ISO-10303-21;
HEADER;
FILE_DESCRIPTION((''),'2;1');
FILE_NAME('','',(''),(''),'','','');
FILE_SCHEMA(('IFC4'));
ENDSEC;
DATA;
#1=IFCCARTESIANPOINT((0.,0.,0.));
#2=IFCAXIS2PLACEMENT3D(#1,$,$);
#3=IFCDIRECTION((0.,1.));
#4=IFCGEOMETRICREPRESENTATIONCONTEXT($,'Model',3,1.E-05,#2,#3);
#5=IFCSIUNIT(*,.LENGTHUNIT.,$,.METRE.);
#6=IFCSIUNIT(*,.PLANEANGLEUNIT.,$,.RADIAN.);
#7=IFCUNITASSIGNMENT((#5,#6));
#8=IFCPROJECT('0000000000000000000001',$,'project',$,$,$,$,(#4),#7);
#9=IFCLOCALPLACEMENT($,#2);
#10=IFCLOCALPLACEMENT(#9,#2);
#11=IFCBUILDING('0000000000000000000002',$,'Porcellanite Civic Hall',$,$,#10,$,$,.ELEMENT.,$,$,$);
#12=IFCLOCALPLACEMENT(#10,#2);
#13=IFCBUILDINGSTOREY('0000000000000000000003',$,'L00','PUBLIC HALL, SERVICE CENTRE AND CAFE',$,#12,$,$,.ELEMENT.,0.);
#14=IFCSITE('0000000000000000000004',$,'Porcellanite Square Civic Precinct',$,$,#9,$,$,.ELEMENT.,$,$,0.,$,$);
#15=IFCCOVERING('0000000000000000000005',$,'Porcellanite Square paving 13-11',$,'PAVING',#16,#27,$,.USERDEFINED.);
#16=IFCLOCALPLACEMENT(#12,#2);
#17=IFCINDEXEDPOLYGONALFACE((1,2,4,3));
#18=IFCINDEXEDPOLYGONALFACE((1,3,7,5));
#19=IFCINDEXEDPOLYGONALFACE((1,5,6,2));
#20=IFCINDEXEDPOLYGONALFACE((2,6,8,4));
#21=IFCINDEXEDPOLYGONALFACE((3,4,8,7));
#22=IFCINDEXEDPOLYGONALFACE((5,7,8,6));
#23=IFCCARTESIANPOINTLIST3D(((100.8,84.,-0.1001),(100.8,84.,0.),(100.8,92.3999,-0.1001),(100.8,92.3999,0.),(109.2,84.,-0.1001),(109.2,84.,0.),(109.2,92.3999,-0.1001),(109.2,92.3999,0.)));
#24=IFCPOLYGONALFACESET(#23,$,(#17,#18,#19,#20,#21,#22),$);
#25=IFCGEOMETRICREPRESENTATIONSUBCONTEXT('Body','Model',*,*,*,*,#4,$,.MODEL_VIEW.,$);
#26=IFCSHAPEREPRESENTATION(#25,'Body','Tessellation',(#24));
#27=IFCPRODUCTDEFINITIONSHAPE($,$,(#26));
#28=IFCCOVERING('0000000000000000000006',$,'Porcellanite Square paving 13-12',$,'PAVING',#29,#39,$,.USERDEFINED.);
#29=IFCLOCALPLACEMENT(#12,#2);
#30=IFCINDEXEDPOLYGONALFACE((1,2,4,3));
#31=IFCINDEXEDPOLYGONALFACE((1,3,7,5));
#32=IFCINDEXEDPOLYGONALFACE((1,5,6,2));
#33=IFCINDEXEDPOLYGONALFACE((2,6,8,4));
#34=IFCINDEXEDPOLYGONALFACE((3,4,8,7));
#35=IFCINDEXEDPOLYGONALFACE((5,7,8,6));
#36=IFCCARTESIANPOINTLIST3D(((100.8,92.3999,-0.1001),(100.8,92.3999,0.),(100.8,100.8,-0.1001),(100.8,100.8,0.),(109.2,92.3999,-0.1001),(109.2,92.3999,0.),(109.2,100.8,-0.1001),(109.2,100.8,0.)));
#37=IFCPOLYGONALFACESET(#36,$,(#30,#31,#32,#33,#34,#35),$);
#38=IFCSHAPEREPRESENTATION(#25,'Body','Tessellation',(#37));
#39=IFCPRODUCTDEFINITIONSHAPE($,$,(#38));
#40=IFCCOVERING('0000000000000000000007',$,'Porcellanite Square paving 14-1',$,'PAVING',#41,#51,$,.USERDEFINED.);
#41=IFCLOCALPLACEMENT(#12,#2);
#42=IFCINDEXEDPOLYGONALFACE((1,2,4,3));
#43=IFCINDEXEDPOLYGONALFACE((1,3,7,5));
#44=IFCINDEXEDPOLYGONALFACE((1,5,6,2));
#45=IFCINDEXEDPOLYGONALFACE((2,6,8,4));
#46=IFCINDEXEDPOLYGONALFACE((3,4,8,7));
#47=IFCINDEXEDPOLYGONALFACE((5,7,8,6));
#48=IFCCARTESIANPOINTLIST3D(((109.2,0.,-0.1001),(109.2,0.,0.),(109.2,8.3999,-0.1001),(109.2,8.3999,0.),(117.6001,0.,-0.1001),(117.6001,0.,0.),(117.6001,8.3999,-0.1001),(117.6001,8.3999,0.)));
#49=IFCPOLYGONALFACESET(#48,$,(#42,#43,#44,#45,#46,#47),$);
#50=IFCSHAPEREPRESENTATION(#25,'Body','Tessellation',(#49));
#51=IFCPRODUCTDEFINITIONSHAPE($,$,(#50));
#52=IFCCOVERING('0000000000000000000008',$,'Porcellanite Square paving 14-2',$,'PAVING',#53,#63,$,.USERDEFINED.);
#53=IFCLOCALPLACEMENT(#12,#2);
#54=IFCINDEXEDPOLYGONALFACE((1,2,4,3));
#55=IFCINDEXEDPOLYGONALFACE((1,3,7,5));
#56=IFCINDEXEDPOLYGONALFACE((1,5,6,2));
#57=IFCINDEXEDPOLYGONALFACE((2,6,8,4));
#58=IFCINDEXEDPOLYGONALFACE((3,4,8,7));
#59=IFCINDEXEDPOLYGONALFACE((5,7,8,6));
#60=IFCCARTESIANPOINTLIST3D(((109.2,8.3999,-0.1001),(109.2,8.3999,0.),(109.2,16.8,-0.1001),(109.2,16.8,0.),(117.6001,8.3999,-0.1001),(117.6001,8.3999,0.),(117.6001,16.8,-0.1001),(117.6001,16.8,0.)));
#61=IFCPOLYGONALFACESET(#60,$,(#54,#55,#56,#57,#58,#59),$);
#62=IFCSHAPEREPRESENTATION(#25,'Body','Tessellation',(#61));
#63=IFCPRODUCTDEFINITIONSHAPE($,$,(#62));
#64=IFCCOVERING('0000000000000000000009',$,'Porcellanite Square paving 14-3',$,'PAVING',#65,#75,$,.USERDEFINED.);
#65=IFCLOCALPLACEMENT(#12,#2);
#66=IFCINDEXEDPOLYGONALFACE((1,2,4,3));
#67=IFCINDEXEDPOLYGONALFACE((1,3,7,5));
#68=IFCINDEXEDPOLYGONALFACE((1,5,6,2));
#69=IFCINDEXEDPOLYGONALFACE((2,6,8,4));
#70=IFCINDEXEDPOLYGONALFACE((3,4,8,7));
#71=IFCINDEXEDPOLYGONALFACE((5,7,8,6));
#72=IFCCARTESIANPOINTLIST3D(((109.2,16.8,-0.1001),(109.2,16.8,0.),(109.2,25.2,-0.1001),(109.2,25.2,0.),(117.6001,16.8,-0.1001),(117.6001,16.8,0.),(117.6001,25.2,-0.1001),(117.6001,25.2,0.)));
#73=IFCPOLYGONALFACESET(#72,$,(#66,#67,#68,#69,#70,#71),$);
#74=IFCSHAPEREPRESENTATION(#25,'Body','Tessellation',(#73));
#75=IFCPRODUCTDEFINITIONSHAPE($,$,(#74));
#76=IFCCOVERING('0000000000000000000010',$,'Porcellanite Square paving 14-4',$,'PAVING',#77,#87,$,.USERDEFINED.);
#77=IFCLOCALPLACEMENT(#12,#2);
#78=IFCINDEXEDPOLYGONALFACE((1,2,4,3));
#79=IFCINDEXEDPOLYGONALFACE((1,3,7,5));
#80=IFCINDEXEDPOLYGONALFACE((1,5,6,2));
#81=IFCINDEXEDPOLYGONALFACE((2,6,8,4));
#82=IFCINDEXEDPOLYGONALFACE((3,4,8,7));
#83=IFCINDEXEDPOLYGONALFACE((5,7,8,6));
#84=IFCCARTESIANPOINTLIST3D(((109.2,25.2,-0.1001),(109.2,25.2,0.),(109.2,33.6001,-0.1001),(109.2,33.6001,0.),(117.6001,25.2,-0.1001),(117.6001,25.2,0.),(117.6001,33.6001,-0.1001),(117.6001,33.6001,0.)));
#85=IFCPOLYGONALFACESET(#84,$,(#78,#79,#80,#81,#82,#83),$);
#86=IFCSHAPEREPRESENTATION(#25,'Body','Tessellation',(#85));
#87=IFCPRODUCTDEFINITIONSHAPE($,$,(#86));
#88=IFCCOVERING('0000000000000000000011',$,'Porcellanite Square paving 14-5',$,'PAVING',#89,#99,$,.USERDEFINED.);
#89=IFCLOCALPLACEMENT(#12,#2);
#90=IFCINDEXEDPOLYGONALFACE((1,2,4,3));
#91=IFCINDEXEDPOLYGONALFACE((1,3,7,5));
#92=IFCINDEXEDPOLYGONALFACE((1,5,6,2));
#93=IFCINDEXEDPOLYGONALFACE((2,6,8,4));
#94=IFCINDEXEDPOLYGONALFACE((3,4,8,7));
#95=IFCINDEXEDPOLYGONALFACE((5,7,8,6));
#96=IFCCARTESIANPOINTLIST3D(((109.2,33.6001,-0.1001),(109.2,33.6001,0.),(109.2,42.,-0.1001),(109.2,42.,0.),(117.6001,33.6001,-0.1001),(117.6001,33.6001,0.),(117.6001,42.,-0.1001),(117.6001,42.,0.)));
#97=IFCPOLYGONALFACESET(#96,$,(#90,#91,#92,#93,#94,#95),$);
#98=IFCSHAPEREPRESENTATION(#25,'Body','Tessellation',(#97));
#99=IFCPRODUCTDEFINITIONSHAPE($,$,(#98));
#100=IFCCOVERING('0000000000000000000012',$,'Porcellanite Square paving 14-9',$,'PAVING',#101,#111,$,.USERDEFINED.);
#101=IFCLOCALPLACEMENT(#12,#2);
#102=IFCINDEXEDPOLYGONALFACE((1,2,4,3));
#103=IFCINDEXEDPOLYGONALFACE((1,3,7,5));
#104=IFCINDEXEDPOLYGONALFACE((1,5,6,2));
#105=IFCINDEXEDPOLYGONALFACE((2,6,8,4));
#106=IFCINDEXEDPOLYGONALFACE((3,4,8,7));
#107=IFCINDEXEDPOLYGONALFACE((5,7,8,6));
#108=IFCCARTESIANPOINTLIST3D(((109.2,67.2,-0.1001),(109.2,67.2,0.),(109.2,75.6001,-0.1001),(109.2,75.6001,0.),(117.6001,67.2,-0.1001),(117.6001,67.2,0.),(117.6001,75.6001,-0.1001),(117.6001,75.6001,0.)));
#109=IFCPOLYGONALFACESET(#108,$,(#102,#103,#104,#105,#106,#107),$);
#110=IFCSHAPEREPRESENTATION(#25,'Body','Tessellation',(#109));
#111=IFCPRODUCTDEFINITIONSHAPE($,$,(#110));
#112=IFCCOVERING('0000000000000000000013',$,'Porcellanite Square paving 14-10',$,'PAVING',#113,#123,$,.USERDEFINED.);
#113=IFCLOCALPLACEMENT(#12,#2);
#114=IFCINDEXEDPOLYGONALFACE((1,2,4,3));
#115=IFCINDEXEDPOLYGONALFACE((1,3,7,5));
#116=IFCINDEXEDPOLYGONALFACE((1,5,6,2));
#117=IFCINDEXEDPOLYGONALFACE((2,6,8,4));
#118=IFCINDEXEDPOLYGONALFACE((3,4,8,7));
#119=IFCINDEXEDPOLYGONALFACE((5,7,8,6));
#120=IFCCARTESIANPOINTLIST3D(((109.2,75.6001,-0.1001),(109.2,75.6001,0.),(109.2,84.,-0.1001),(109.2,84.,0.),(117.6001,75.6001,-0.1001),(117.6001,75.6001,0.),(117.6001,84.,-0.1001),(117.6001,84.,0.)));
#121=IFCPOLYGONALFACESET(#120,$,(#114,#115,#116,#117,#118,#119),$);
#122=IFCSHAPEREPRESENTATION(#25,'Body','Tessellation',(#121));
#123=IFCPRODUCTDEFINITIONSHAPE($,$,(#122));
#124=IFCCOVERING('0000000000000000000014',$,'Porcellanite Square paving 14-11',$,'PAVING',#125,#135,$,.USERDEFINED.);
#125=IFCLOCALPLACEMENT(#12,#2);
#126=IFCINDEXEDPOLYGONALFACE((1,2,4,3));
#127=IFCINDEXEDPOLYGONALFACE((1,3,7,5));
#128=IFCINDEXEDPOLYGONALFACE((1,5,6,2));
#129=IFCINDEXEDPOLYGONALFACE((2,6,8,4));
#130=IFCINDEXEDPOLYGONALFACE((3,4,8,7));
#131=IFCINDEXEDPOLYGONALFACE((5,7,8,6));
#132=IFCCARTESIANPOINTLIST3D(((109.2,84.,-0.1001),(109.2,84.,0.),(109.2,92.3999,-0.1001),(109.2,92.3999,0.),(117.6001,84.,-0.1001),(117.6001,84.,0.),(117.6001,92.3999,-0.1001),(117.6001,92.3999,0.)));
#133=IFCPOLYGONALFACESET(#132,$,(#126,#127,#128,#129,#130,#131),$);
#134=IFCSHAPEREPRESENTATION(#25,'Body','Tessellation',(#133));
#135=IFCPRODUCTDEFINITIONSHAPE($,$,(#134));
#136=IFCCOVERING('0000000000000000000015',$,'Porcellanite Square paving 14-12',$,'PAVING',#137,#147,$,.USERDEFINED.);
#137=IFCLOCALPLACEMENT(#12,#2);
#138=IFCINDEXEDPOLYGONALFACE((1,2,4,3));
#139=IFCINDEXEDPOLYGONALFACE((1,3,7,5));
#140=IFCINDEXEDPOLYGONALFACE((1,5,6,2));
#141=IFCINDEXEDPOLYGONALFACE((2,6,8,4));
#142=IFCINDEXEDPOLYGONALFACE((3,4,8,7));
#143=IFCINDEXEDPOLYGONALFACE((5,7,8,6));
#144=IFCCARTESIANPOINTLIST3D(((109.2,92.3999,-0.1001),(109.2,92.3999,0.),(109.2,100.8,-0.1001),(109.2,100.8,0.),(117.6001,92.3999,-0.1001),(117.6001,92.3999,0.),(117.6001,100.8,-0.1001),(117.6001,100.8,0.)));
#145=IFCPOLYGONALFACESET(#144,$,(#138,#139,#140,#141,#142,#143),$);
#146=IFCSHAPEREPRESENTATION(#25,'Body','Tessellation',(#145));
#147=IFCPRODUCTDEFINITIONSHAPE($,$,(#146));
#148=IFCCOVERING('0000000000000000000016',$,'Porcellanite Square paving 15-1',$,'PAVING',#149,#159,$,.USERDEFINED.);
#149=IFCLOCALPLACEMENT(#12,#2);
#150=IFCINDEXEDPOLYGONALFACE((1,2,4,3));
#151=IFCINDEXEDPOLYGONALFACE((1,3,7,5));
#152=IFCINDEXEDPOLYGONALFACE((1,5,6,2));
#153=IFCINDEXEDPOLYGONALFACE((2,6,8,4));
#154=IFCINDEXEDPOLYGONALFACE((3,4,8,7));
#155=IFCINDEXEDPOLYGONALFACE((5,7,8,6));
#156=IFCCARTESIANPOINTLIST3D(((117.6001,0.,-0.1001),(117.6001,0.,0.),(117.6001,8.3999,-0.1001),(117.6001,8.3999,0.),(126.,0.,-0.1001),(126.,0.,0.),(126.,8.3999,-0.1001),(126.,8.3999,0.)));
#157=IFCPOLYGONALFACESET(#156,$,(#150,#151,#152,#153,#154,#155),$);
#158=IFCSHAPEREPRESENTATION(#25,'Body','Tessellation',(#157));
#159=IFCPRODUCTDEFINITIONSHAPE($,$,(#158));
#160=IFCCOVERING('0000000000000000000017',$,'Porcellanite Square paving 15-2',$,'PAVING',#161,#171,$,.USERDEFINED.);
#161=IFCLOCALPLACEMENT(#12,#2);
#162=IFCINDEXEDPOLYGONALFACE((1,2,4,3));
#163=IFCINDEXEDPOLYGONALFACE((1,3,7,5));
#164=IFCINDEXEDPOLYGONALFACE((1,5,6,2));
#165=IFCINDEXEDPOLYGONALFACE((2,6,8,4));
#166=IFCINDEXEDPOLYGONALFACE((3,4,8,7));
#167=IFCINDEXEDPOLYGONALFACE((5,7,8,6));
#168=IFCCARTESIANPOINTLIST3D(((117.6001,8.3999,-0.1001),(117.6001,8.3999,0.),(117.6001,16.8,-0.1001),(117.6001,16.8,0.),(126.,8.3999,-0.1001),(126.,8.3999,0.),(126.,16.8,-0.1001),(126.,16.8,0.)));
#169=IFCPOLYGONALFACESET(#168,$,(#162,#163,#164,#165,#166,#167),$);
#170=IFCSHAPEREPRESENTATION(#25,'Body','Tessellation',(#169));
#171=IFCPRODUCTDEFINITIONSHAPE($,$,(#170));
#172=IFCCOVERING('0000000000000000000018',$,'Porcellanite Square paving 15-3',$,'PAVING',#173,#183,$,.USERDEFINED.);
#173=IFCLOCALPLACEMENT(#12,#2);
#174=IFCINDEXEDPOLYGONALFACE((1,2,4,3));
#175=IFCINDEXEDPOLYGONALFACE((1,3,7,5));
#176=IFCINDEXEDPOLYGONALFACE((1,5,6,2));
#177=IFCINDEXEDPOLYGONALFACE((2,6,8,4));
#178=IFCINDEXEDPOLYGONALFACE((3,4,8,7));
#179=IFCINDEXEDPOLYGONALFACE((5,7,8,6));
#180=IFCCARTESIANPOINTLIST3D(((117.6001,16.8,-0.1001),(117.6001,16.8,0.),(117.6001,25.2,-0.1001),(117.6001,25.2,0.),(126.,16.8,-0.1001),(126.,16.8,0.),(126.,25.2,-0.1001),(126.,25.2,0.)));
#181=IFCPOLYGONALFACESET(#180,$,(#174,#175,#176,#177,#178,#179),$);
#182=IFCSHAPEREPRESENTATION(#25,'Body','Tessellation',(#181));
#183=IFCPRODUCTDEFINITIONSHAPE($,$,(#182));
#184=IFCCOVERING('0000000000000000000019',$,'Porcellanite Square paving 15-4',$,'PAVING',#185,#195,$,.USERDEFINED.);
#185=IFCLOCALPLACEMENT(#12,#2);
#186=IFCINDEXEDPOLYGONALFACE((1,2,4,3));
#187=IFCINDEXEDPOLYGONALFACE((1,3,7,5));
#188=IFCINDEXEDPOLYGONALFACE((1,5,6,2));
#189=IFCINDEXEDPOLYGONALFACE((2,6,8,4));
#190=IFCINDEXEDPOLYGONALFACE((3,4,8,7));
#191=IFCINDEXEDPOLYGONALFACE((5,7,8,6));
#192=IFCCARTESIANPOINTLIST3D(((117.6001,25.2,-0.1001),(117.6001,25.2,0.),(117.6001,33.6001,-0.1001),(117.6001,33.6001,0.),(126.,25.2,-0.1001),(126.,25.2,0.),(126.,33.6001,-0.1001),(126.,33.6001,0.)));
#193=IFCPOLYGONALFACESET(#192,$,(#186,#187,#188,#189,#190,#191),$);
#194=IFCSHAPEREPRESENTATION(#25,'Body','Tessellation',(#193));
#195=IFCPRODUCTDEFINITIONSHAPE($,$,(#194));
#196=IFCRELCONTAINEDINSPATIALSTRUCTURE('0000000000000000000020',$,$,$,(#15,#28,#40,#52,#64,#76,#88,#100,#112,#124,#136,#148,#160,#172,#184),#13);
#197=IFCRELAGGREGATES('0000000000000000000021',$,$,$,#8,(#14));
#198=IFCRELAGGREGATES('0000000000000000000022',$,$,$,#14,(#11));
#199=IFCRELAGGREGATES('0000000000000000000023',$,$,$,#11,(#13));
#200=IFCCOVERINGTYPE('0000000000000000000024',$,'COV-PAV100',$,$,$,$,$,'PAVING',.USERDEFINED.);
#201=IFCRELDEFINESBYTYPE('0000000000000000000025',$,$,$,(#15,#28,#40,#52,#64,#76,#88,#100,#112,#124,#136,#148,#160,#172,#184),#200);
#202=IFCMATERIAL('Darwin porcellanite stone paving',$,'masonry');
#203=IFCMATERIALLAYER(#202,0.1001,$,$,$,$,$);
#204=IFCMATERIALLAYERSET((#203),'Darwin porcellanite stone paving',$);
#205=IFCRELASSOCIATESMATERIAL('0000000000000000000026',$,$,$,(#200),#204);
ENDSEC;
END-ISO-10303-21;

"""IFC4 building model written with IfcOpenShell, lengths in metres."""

from ifc_helpers import new_model, si_unit, direction, frame, origin, place, context, subcontext, project, spatial, polyline, outline, extrude, material, layer, layer_set, type_object, element, save


model = new_model("IFC4")

# Units and contexts
model_context = context("Model", 3, precision=1e-05, world=origin(), true_north=direction((0.0, 1.0)))
body_context = subcontext(model_context, "Body", "Model", "MODEL_VIEW")
ifc_project = project(units=[si_unit("LENGTHUNIT", "METRE"), si_unit("PLANEANGLEUNIT", "RADIAN")], contexts=[model_context])

# Site, building, storey
site_placement = place(None, origin())
site = spatial("IfcSite", under=ifc_project, at=site_placement, Name="Porcellanite Square Civic Precinct", CompositionType="ELEMENT", RefElevation=0.0)
building_placement = place(site_placement, origin())
building = spatial("IfcBuilding", under=site, at=building_placement, Name="Porcellanite Civic Hall", CompositionType="ELEMENT")
storey_placement = place(building_placement, origin())
storey = spatial("IfcBuildingStorey", under=building, at=storey_placement, Name="L00", Description="PUBLIC HALL, SERVICE CENTRE AND CAFE", CompositionType="ELEMENT", Elevation=0.0)

# Coverings
ifc_material = material(Name="Darwin porcellanite stone paving", Category="masonry")
ifc_layer = layer(ifc_material, 0.1001)
ifc_layer_set = layer_set([ifc_layer], Name="Darwin porcellanite stone paving")
covering_type = type_object("IfcCoveringType", Name="COV-PAV100", ElementType="PAVING", PredefinedType="USERDEFINED", material=ifc_layer_set)
covering_1_placement = place(storey_placement, frame((0.0, 0.0, -0.1001)))
element("IfcCovering", 1, at=covering_1_placement, inside=storey, type_object=covering_type, Name="Porcellanite Square paving 13-11", ObjectType="PAVING", PredefinedType="USERDEFINED", context=body_context, shape_type="SweptSolid", body=[
    extrude(outline(polyline([(100.8, 84.0), (109.2, 84.0), (109.2, 92.3999), (100.8, 92.3999), (100.8, 84.0)])), origin(), (0.0, 0.0, 1.0), 0.1001),
])
covering_2_placement = place(storey_placement, frame((0.0, 0.0, -0.1001)))
element("IfcCovering", 2, at=covering_2_placement, inside=storey, type_object=covering_type, Name="Porcellanite Square paving 13-12", ObjectType="PAVING", PredefinedType="USERDEFINED", context=body_context, shape_type="SweptSolid", body=[
    extrude(outline(polyline([(100.8, 92.3999), (109.2, 92.3999), (109.2, 100.8), (100.8, 100.8), (100.8, 92.3999)])), origin(), (0.0, 0.0, 1.0), 0.1001),
])
covering_3_placement = place(storey_placement, frame((0.0, 0.0, -0.1001)))
element("IfcCovering", 3, at=covering_3_placement, inside=storey, type_object=covering_type, Name="Porcellanite Square paving 14-1", ObjectType="PAVING", PredefinedType="USERDEFINED", context=body_context, shape_type="SweptSolid", body=[
    extrude(outline(polyline([(109.2, 0.0), (117.6001, 0.0), (117.6001, 8.3999), (109.2, 8.3999), (109.2, 0.0)])), origin(), (0.0, 0.0, 1.0), 0.1001),
])
covering_4_placement = place(storey_placement, frame((0.0, 0.0, -0.1001)))
element("IfcCovering", 4, at=covering_4_placement, inside=storey, type_object=covering_type, Name="Porcellanite Square paving 14-2", ObjectType="PAVING", PredefinedType="USERDEFINED", context=body_context, shape_type="SweptSolid", body=[
    extrude(outline(polyline([(109.2, 8.3999), (117.6001, 8.3999), (117.6001, 16.8), (109.2, 16.8), (109.2, 8.3999)])), origin(), (0.0, 0.0, 1.0), 0.1001),
])
covering_5_placement = place(storey_placement, frame((0.0, 0.0, -0.1001)))
element("IfcCovering", 5, at=covering_5_placement, inside=storey, type_object=covering_type, Name="Porcellanite Square paving 14-3", ObjectType="PAVING", PredefinedType="USERDEFINED", context=body_context, shape_type="SweptSolid", body=[
    extrude(outline(polyline([(109.2, 16.8), (117.6001, 16.8), (117.6001, 25.2), (109.2, 25.2), (109.2, 16.8)])), origin(), (0.0, 0.0, 1.0), 0.1001),
])
covering_6_placement = place(storey_placement, frame((0.0, 0.0, -0.1001)))
element("IfcCovering", 6, at=covering_6_placement, inside=storey, type_object=covering_type, Name="Porcellanite Square paving 14-4", ObjectType="PAVING", PredefinedType="USERDEFINED", context=body_context, shape_type="SweptSolid", body=[
    extrude(outline(polyline([(109.2, 25.2), (117.6001, 25.2), (117.6001, 33.6001), (109.2, 33.6001), (109.2, 25.2)])), origin(), (0.0, 0.0, 1.0), 0.1001),
])
covering_7_placement = place(storey_placement, frame((0.0, 0.0, -0.1001)))
element("IfcCovering", 7, at=covering_7_placement, inside=storey, type_object=covering_type, Name="Porcellanite Square paving 14-5", ObjectType="PAVING", PredefinedType="USERDEFINED", context=body_context, shape_type="SweptSolid", body=[
    extrude(outline(polyline([(109.2, 33.6001), (117.6001, 33.6001), (117.6001, 42.0), (109.2, 42.0), (109.2, 33.6001)])), origin(), (0.0, 0.0, 1.0), 0.1001),
])
covering_8_placement = place(storey_placement, frame((0.0, 0.0, -0.1001)))
element("IfcCovering", 8, at=covering_8_placement, inside=storey, type_object=covering_type, Name="Porcellanite Square paving 14-9", ObjectType="PAVING", PredefinedType="USERDEFINED", context=body_context, shape_type="SweptSolid", body=[
    extrude(outline(polyline([(109.2, 67.2), (117.6001, 67.2), (117.6001, 75.6001), (109.2, 75.6001), (109.2, 67.2)])), origin(), (0.0, 0.0, 1.0), 0.1001),
])
covering_9_placement = place(storey_placement, frame((0.0, 0.0, -0.1001)))
element("IfcCovering", 9, at=covering_9_placement, inside=storey, type_object=covering_type, Name="Porcellanite Square paving 14-10", ObjectType="PAVING", PredefinedType="USERDEFINED", context=body_context, shape_type="SweptSolid", body=[
    extrude(outline(polyline([(109.2, 75.6001), (117.6001, 75.6001), (117.6001, 84.0), (109.2, 84.0), (109.2, 75.6001)])), origin(), (0.0, 0.0, 1.0), 0.1001),
])
covering_10_placement = place(storey_placement, frame((0.0, 0.0, -0.1001)))
element("IfcCovering", 10, at=covering_10_placement, inside=storey, type_object=covering_type, Name="Porcellanite Square paving 14-11", ObjectType="PAVING", PredefinedType="USERDEFINED", context=body_context, shape_type="SweptSolid", body=[
    extrude(outline(polyline([(109.2, 84.0), (117.6001, 84.0), (117.6001, 92.3999), (109.2, 92.3999), (109.2, 84.0)])), origin(), (0.0, 0.0, 1.0), 0.1001),
])
covering_11_placement = place(storey_placement, frame((0.0, 0.0, -0.1001)))
element("IfcCovering", 11, at=covering_11_placement, inside=storey, type_object=covering_type, Name="Porcellanite Square paving 14-12", ObjectType="PAVING", PredefinedType="USERDEFINED", context=body_context, shape_type="SweptSolid", body=[
    extrude(outline(polyline([(109.2, 92.3999), (117.6001, 92.3999), (117.6001, 100.8), (109.2, 100.8), (109.2, 92.3999)])), origin(), (0.0, 0.0, 1.0), 0.1001),
])
covering_12_placement = place(storey_placement, frame((0.0, 0.0, -0.1001)))
element("IfcCovering", 12, at=covering_12_placement, inside=storey, type_object=covering_type, Name="Porcellanite Square paving 15-1", ObjectType="PAVING", PredefinedType="USERDEFINED", context=body_context, shape_type="SweptSolid", body=[
    extrude(outline(polyline([(117.6001, 0.0), (126.0, 0.0), (126.0, 8.3999), (117.6001, 8.3999), (117.6001, 0.0)])), origin(), (0.0, 0.0, 1.0), 0.1001),
])
covering_13_placement = place(storey_placement, frame((0.0, 0.0, -0.1001)))
element("IfcCovering", 13, at=covering_13_placement, inside=storey, type_object=covering_type, Name="Porcellanite Square paving 15-2", ObjectType="PAVING", PredefinedType="USERDEFINED", context=body_context, shape_type="SweptSolid", body=[
    extrude(outline(polyline([(117.6001, 8.3999), (126.0, 8.3999), (126.0, 16.8), (117.6001, 16.8), (117.6001, 8.3999)])), origin(), (0.0, 0.0, 1.0), 0.1001),
])
covering_14_placement = place(storey_placement, frame((0.0, 0.0, -0.1001)))
element("IfcCovering", 14, at=covering_14_placement, inside=storey, type_object=covering_type, Name="Porcellanite Square paving 15-3", ObjectType="PAVING", PredefinedType="USERDEFINED", context=body_context, shape_type="SweptSolid", body=[
    extrude(outline(polyline([(117.6001, 16.8), (126.0, 16.8), (126.0, 25.2), (117.6001, 25.2), (117.6001, 16.8)])), origin(), (0.0, 0.0, 1.0), 0.1001),
])
covering_15_placement = place(storey_placement, frame((0.0, 0.0, -0.1001)))
element("IfcCovering", 15, at=covering_15_placement, inside=storey, type_object=covering_type, Name="Porcellanite Square paving 15-4", ObjectType="PAVING", PredefinedType="USERDEFINED", context=body_context, shape_type="SweptSolid", body=[
    extrude(outline(polyline([(117.6001, 25.2), (126.0, 25.2), (126.0, 33.6001), (117.6001, 33.6001), (117.6001, 25.2)])), origin(), (0.0, 0.0, 1.0), 0.1001),
])

save(model, "model.ifc")
